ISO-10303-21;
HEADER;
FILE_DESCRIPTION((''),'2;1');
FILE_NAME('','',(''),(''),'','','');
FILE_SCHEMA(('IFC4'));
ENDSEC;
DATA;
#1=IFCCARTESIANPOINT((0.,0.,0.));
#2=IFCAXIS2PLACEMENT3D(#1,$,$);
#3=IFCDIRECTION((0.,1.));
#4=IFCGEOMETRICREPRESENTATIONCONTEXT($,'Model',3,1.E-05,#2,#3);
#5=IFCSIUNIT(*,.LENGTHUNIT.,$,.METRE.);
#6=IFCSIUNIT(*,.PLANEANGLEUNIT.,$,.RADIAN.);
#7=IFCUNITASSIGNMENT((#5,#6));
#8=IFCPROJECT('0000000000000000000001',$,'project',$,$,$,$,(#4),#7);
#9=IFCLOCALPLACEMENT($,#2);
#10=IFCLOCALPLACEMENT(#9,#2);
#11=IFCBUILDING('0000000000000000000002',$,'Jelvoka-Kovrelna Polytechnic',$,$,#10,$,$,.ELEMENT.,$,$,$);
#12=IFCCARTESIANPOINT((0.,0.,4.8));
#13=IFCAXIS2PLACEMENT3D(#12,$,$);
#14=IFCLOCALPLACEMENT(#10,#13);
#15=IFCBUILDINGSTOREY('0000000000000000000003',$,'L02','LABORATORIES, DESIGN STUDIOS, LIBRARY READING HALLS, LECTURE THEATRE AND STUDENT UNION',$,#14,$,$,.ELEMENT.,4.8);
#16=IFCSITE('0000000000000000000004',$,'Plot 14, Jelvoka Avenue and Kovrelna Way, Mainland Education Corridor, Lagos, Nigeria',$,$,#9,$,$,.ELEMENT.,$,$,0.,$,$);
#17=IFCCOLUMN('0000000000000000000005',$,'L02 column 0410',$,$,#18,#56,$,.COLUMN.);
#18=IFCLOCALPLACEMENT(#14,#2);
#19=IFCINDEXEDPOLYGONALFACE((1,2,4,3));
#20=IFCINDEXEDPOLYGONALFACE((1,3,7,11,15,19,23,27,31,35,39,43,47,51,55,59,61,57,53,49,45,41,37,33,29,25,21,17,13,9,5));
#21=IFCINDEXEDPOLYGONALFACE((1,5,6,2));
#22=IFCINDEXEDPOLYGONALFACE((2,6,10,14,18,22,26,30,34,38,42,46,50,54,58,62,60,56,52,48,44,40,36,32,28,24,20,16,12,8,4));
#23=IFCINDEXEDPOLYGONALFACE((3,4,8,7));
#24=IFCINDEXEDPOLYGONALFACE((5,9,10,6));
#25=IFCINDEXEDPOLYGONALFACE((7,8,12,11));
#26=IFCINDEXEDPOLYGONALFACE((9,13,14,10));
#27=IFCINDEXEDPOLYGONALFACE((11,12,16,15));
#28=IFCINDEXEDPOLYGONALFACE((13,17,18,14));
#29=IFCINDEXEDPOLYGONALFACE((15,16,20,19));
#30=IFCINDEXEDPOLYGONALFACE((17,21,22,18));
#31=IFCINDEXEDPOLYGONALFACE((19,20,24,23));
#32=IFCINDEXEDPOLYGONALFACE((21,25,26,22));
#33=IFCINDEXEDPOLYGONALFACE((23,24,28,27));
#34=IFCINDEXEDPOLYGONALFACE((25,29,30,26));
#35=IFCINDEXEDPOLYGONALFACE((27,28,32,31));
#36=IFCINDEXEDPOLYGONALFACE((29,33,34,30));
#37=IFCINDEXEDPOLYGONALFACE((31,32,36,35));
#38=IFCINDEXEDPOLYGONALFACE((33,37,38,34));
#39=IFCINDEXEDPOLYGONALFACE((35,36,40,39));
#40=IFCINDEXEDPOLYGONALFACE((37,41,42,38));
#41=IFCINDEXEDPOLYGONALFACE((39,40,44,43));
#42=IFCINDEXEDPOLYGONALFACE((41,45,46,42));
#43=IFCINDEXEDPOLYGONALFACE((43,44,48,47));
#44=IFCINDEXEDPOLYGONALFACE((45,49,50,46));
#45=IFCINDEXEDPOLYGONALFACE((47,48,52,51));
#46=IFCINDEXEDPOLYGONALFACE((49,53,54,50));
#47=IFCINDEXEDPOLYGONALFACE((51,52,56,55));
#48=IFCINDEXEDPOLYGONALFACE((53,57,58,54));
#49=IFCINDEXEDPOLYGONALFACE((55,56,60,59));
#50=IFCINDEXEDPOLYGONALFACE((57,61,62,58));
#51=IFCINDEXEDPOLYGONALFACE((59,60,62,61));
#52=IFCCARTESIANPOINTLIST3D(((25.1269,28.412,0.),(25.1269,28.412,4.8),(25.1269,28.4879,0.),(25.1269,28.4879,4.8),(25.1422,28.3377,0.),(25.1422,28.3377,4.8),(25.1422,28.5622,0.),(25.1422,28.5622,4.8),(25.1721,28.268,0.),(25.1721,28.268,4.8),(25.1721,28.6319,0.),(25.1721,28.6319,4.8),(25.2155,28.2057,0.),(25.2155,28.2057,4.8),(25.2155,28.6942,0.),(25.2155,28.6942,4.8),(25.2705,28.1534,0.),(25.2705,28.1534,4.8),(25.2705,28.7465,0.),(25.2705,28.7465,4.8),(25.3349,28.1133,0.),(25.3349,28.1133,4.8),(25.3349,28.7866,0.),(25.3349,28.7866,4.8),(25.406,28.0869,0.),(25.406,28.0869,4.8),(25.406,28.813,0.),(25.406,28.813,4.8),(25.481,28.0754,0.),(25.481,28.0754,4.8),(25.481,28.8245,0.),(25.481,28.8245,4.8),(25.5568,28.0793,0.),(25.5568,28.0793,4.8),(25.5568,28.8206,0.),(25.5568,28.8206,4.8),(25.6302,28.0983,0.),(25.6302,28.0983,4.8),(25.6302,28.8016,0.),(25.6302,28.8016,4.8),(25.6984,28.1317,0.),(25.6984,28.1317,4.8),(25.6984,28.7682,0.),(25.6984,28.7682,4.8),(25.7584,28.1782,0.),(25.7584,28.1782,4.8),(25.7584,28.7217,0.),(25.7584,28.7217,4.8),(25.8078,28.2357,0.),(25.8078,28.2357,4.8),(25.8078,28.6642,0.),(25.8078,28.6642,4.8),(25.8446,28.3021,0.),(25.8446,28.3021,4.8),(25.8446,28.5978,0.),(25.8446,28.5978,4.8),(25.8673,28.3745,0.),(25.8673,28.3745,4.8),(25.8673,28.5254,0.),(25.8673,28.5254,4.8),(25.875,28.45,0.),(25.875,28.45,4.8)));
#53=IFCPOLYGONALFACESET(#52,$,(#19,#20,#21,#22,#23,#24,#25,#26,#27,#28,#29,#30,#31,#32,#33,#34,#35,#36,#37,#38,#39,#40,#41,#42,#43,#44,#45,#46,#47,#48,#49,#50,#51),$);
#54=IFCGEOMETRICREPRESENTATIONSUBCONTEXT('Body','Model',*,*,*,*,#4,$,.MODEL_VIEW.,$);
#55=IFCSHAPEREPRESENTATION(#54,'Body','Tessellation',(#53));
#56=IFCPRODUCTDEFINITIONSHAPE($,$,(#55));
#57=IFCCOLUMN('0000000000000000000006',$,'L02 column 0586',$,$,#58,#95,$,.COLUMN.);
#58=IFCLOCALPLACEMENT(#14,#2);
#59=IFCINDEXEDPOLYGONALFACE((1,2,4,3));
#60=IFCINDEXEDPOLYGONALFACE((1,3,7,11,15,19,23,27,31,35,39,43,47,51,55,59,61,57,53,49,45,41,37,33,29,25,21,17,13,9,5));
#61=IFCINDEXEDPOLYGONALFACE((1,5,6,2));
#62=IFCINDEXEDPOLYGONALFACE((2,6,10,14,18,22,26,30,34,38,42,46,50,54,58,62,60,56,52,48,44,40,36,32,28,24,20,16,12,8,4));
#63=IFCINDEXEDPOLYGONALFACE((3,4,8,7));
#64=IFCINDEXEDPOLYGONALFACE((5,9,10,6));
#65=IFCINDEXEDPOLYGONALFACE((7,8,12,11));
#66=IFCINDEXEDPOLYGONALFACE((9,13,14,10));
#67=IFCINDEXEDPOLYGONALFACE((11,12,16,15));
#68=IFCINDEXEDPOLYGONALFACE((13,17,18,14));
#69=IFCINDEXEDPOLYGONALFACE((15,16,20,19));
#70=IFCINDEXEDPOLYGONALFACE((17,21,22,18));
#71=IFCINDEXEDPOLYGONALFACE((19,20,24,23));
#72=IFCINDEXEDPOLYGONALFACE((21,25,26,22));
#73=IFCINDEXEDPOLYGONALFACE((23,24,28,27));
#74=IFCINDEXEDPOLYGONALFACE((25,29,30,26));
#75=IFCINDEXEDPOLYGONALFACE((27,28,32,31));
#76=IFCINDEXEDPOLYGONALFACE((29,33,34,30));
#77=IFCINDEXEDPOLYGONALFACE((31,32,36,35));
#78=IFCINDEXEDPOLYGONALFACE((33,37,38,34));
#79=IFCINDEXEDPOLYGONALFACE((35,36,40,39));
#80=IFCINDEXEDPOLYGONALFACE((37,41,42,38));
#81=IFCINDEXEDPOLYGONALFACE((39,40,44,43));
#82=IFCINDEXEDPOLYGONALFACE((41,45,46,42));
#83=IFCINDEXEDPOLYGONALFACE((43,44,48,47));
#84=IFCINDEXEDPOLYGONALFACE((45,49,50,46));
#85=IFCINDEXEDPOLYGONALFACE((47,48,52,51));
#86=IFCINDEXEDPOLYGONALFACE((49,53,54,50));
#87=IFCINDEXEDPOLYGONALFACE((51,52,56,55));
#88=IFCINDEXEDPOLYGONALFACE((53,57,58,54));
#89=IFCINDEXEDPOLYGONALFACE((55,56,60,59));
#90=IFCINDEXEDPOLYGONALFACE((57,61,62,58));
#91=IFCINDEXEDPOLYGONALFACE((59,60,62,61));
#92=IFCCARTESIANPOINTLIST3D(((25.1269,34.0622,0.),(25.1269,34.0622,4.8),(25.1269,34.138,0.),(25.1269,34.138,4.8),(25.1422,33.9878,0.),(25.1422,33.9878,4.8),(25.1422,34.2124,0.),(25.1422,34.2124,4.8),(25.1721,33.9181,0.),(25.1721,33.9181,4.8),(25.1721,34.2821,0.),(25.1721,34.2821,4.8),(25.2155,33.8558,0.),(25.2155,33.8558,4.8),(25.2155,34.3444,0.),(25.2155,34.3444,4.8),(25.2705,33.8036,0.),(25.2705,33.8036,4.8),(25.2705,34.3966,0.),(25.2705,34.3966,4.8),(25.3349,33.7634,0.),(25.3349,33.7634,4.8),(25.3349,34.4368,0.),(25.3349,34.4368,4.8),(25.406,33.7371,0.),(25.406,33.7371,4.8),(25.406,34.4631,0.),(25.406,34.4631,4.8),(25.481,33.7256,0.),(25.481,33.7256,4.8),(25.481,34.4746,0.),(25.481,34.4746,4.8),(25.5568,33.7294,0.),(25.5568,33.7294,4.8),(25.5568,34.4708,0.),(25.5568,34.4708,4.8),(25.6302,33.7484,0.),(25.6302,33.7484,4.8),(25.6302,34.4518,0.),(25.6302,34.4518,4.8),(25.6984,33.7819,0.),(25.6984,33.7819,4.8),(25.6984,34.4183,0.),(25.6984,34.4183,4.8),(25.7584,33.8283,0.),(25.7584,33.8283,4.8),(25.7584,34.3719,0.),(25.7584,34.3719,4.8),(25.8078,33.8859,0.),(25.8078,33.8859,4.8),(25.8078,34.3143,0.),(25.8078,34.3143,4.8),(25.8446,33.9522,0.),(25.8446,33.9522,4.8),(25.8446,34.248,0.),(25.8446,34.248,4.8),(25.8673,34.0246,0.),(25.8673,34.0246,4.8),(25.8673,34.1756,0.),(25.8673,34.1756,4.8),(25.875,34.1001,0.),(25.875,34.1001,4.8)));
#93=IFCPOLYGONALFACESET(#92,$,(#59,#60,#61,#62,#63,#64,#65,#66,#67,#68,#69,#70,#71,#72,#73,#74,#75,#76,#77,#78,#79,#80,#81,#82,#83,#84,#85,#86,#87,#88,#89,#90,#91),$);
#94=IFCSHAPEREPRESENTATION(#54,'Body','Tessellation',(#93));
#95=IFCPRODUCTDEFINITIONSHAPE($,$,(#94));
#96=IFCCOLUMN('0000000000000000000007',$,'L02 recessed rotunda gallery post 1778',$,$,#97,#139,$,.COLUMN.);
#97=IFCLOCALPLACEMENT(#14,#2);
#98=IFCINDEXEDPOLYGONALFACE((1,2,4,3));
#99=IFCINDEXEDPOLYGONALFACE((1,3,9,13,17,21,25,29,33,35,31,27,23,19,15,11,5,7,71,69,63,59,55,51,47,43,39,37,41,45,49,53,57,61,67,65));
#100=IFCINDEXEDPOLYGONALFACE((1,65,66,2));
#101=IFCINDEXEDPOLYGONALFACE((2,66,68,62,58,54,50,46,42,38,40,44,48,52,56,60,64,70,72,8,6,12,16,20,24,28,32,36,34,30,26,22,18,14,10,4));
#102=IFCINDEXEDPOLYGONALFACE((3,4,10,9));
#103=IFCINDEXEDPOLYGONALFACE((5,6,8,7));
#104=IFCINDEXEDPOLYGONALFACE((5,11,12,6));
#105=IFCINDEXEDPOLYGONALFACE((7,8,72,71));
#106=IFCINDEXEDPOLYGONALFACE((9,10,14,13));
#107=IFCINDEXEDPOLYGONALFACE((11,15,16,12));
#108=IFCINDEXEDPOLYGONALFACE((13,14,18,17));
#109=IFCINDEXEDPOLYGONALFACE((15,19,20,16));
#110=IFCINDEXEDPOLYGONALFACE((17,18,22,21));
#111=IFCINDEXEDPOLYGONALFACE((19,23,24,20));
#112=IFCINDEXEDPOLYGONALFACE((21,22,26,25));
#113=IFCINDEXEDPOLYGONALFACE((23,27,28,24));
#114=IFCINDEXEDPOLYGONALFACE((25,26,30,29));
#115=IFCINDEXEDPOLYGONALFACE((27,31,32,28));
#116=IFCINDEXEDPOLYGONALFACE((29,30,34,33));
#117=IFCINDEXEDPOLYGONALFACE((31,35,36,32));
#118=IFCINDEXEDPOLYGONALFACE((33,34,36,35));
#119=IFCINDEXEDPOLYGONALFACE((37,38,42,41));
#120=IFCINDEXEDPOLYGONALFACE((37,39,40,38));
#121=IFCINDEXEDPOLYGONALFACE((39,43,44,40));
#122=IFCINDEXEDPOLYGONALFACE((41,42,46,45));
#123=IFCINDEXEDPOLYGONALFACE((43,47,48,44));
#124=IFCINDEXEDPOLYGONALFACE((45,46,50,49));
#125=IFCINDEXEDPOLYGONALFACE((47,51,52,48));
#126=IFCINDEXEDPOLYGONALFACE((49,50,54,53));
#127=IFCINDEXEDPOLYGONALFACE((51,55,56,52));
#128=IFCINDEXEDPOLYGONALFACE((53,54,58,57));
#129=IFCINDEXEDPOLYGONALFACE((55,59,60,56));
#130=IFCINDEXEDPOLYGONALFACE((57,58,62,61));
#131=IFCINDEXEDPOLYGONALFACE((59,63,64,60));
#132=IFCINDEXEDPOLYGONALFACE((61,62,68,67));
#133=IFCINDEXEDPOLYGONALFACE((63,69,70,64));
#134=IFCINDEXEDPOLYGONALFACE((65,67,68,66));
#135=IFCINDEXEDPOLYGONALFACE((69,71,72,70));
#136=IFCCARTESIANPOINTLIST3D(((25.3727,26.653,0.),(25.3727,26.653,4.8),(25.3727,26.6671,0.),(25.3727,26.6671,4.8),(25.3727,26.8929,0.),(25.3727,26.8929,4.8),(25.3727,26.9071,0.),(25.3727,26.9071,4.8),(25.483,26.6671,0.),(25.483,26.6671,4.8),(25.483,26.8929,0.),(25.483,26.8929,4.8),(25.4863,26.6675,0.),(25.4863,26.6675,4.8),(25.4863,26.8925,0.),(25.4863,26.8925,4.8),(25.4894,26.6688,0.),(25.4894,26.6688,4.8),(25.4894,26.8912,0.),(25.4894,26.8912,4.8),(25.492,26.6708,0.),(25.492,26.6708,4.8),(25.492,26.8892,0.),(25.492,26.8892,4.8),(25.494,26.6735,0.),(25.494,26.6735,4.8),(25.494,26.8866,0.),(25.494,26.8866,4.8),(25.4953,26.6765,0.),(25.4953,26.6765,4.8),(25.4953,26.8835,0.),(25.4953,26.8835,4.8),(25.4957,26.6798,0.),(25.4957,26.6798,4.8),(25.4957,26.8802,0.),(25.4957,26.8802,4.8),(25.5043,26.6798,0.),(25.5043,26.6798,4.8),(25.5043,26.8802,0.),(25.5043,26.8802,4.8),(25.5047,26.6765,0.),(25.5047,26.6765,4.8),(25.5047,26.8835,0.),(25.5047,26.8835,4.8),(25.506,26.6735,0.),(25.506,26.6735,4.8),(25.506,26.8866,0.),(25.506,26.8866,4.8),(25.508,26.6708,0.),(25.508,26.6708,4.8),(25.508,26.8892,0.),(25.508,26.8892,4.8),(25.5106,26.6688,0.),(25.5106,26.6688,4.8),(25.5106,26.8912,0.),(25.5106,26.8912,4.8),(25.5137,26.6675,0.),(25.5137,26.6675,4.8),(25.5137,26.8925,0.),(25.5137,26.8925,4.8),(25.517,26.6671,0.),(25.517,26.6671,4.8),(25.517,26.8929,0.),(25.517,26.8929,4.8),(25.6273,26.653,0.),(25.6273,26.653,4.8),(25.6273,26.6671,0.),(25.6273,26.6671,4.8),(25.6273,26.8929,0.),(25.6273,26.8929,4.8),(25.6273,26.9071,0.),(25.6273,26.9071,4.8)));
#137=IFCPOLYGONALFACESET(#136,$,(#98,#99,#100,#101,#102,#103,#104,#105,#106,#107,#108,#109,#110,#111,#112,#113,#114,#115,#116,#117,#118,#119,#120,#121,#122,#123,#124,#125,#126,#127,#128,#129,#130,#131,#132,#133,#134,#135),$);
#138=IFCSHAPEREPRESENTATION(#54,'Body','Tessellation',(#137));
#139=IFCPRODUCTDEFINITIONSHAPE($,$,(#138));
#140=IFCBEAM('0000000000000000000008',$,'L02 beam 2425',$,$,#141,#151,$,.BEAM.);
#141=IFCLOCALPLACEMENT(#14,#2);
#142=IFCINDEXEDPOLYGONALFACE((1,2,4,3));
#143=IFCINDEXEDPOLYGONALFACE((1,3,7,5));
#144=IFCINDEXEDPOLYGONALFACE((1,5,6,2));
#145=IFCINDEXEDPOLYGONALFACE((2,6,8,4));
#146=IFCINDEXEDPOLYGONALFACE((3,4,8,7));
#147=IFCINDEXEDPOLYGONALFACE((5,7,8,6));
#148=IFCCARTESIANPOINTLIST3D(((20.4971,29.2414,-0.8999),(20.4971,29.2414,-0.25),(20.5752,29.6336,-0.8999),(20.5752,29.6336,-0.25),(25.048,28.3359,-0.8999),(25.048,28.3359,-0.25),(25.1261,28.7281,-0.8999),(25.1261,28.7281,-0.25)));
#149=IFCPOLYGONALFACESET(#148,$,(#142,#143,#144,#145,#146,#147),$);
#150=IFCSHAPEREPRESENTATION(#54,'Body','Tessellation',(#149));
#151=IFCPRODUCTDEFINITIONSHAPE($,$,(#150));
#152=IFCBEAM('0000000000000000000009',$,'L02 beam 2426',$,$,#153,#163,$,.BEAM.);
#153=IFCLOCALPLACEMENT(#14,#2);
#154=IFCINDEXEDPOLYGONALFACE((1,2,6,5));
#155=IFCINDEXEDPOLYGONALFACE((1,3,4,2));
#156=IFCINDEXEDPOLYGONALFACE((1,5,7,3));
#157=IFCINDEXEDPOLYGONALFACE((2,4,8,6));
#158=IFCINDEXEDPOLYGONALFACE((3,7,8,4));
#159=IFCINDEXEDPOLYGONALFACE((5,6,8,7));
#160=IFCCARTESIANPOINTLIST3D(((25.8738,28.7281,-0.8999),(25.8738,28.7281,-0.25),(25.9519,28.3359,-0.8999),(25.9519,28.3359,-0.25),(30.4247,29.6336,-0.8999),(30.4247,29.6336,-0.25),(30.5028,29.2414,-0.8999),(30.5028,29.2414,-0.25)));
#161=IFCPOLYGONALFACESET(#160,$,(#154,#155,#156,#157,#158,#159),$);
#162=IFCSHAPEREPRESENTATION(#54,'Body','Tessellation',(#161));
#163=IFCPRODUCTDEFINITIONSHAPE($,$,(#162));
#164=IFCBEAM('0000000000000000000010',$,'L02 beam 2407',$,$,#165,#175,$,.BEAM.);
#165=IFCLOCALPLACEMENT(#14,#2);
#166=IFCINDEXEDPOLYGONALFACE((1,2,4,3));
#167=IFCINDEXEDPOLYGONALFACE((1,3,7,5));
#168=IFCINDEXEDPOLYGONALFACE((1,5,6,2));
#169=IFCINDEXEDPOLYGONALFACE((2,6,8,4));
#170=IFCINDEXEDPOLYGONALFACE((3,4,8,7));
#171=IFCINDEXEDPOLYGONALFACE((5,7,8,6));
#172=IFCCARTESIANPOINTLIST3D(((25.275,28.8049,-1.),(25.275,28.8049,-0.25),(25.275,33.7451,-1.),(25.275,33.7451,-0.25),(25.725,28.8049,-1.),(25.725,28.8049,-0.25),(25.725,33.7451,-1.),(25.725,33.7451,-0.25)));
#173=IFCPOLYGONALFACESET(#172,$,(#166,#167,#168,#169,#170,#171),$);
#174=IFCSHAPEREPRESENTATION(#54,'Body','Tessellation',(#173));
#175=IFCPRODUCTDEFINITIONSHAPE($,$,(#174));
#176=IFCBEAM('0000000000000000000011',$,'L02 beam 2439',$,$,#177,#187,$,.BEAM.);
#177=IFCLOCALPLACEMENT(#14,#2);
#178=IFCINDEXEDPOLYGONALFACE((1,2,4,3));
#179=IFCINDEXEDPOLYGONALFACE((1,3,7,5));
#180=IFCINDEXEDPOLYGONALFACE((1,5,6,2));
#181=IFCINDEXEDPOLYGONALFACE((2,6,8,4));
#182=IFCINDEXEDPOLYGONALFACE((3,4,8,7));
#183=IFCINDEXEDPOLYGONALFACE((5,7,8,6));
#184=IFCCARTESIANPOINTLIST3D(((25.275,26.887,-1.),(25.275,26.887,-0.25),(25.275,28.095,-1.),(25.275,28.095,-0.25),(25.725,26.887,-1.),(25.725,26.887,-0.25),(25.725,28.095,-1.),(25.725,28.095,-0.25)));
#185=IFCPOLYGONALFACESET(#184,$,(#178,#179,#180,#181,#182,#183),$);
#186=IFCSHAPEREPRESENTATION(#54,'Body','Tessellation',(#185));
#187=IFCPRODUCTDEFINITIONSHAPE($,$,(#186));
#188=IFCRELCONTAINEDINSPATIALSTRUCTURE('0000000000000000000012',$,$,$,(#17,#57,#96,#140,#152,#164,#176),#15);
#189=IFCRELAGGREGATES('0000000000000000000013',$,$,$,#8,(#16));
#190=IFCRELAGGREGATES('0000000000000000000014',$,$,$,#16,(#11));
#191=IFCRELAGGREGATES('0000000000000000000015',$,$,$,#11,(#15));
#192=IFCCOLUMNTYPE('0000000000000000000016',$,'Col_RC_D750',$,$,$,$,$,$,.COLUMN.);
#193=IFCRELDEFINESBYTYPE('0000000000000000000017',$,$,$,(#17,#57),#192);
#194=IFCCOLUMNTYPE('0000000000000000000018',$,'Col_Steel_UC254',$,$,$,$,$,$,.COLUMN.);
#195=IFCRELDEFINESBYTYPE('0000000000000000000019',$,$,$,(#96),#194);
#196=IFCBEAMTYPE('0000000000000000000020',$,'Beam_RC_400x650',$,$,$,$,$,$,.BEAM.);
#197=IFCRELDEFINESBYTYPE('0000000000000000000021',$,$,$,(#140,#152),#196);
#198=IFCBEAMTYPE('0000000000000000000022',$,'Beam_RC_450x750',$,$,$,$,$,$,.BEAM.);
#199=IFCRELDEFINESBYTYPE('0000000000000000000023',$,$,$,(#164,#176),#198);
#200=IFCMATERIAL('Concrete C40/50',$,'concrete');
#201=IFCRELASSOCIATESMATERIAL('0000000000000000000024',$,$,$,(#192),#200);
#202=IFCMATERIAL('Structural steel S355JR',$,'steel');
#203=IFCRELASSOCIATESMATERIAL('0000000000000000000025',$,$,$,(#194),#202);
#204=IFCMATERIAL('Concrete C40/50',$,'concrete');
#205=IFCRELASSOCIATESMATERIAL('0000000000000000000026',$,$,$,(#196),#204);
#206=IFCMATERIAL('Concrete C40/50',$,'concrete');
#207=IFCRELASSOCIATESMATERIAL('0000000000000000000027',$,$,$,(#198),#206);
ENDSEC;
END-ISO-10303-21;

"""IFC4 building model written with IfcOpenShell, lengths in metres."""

from ifc_helpers import new_model, si_unit, direction, frame, origin, origin_2d, place, context, subcontext, project, spatial, rectangle, circle, i_section, extrude, material, material_profile, profile_set, type_object, element, save


model = new_model("IFC4")

# Units and contexts
model_context = context("Model", 3, precision=1e-05, world=origin(), true_north=direction((0.0, 1.0)))
body_context = subcontext(model_context, "Body", "Model", "MODEL_VIEW")
ifc_project = project(units=[si_unit("LENGTHUNIT", "METRE"), si_unit("PLANEANGLEUNIT", "RADIAN")], contexts=[model_context])

# Site, building, storey
site_placement = place(None, origin())
site = spatial("IfcSite", under=ifc_project, at=site_placement, Name="Plot 14, Jelvoka Avenue and Kovrelna Way, Mainland Education Corridor, Lagos, Nigeria", CompositionType="ELEMENT", RefElevation=0.0)
building_placement = place(site_placement, origin())
building = spatial("IfcBuilding", under=site, at=building_placement, Name="Jelvoka-Kovrelna Polytechnic", CompositionType="ELEMENT")
storey_placement = place(building_placement, frame((0.0, 0.0, 4.8)))
storey = spatial("IfcBuildingStorey", under=building, at=storey_placement, Name="L02", Description="LABORATORIES, DESIGN STUDIOS, LIBRARY READING HALLS, LECTURE THEATRE AND STUDENT UNION", CompositionType="ELEMENT", Elevation=4.8)

# Columns
ifc_material_1 = material(Name="Concrete C40/50", Category="concrete")
ifc_material_profile_1 = material_profile(ifc_material_1, circle(Radius=0.375, at=origin_2d()), Name="RC D750")
ifc_profile_set_1 = profile_set([ifc_material_profile_1], Name="Concrete C40/50")
column_type_1 = type_object("IfcColumnType", Name="Col_RC_D750", PredefinedType="COLUMN", material=ifc_profile_set_1)
for number, where, z_axis, x_axis, name in (
    (1, (25.5, 28.45, 0.0), (0.0, 0.0, 1.0), (1.0, 0.0, 0.0), "L02 column 0410"),
    (2, (25.5, 34.1001, 0.0), (0.0, 0.0, 1.0), (1.0, 0.0, 0.0), "L02 column 0586"),
):
    element("IfcColumn", number, at=place(storey_placement, frame(where, z_axis=z_axis, x_axis=x_axis)), inside=storey, type_object=column_type_1, Name=name, PredefinedType="COLUMN", context=body_context, shape_type="SweptSolid", body=[
        extrude(circle(Radius=0.375, at=origin_2d()), origin(), (0.0, 0.0, 1.0), 4.8),
    ])
ifc_material_2 = material(Name="Structural steel S355JR", Category="steel")
ifc_material_profile_2 = material_profile(ifc_material_2, i_section(OverallWidth=0.2546, OverallDepth=0.2542, WebThickness=0.0085, FlangeThickness=0.0142, FilletRadius=0.0127, at=origin_2d()), Name="254x254x73 UC")
ifc_profile_set_2 = profile_set([ifc_material_profile_2], Name="Structural steel S355JR")
column_type_2 = type_object("IfcColumnType", Name="Col_Steel_UC254", PredefinedType="COLUMN", material=ifc_profile_set_2)
column_placement = place(storey_placement, frame((25.5, 26.78, 0.0), z_axis=(0.0, 0.0, 1.0), x_axis=(1.0, 0.0, 0.0)))
element("IfcColumn", 3, at=column_placement, inside=storey, type_object=column_type_2, Name="L02 recessed rotunda gallery post 1778", PredefinedType="COLUMN", context=body_context, shape_type="SweptSolid", body=[
    extrude(i_section(OverallWidth=0.2546, OverallDepth=0.2542, WebThickness=0.0085, FlangeThickness=0.0142, FilletRadius=0.0127, at=origin_2d()), origin(), (0.0, 0.0, 1.0), 4.8),
])

# Beams
ifc_material_3 = material(Name="Concrete C40/50", Category="concrete")
ifc_material_profile_3 = material_profile(ifc_material_3, rectangle(XDim=0.3999, YDim=0.6499, at=origin_2d()), Name="RC 400x650")
ifc_profile_set_3 = profile_set([ifc_material_profile_3], Name="Concrete C40/50")
beam_type_1 = type_object("IfcBeamType", Name="Beam_RC_400x650", PredefinedType="BEAM", material=ifc_profile_set_3)
for number, where, z_axis, x_axis, name in (
    (4, (20.5361, 29.4375, -0.575), (0.980774, -0.195145, 0.0), (0.195145, 0.980774, 0.0), "L02 beam 2425"),
    (5, (25.9128, 28.532, -0.575), (0.980774, 0.195145, 0.0), (-0.195145, 0.980774, 0.0), "L02 beam 2426"),
):
    element("IfcBeam", number, at=place(storey_placement, frame(where, z_axis=z_axis, x_axis=x_axis)), inside=storey, type_object=beam_type_1, Name=name, PredefinedType="BEAM", context=body_context, shape_type="SweptSolid", body=[
        extrude(rectangle(XDim=0.3999, YDim=0.6499, at=origin_2d()), origin(), (0.0, 0.0, 1.0), 4.6401),
    ])
ifc_material_4 = material(Name="Concrete C40/50", Category="concrete")
ifc_material_profile_4 = material_profile(ifc_material_4, rectangle(XDim=0.45, YDim=0.75, at=origin_2d()), Name="RC 450x750")
ifc_profile_set_4 = profile_set([ifc_material_profile_4], Name="Concrete C40/50")
beam_type_2 = type_object("IfcBeamType", Name="Beam_RC_450x750", PredefinedType="BEAM", material=ifc_profile_set_4)
beam_1_placement = place(storey_placement, frame((25.5, 33.7451, -0.625), z_axis=(0.0, -1.0, 0.0), x_axis=(1.0, 0.0, 0.0)))
element("IfcBeam", 6, at=beam_1_placement, inside=storey, type_object=beam_type_2, Name="L02 beam 2407", PredefinedType="BEAM", context=body_context, shape_type="SweptSolid", body=[
    extrude(rectangle(XDim=0.45, YDim=0.75, at=origin_2d()), origin(), (0.0, 0.0, 1.0), 4.9402),
])
beam_2_placement = place(storey_placement, frame((25.5, 28.095, -0.625), z_axis=(0.0, -1.0, 0.0), x_axis=(1.0, 0.0, 0.0)))
element("IfcBeam", 7, at=beam_2_placement, inside=storey, type_object=beam_type_2, Name="L02 beam 2439", PredefinedType="BEAM", context=body_context, shape_type="SweptSolid", body=[
    extrude(rectangle(XDim=0.45, YDim=0.75, at=origin_2d()), origin(), (0.0, 0.0, 1.0), 1.208),
])

save(model, "model.ifc")
